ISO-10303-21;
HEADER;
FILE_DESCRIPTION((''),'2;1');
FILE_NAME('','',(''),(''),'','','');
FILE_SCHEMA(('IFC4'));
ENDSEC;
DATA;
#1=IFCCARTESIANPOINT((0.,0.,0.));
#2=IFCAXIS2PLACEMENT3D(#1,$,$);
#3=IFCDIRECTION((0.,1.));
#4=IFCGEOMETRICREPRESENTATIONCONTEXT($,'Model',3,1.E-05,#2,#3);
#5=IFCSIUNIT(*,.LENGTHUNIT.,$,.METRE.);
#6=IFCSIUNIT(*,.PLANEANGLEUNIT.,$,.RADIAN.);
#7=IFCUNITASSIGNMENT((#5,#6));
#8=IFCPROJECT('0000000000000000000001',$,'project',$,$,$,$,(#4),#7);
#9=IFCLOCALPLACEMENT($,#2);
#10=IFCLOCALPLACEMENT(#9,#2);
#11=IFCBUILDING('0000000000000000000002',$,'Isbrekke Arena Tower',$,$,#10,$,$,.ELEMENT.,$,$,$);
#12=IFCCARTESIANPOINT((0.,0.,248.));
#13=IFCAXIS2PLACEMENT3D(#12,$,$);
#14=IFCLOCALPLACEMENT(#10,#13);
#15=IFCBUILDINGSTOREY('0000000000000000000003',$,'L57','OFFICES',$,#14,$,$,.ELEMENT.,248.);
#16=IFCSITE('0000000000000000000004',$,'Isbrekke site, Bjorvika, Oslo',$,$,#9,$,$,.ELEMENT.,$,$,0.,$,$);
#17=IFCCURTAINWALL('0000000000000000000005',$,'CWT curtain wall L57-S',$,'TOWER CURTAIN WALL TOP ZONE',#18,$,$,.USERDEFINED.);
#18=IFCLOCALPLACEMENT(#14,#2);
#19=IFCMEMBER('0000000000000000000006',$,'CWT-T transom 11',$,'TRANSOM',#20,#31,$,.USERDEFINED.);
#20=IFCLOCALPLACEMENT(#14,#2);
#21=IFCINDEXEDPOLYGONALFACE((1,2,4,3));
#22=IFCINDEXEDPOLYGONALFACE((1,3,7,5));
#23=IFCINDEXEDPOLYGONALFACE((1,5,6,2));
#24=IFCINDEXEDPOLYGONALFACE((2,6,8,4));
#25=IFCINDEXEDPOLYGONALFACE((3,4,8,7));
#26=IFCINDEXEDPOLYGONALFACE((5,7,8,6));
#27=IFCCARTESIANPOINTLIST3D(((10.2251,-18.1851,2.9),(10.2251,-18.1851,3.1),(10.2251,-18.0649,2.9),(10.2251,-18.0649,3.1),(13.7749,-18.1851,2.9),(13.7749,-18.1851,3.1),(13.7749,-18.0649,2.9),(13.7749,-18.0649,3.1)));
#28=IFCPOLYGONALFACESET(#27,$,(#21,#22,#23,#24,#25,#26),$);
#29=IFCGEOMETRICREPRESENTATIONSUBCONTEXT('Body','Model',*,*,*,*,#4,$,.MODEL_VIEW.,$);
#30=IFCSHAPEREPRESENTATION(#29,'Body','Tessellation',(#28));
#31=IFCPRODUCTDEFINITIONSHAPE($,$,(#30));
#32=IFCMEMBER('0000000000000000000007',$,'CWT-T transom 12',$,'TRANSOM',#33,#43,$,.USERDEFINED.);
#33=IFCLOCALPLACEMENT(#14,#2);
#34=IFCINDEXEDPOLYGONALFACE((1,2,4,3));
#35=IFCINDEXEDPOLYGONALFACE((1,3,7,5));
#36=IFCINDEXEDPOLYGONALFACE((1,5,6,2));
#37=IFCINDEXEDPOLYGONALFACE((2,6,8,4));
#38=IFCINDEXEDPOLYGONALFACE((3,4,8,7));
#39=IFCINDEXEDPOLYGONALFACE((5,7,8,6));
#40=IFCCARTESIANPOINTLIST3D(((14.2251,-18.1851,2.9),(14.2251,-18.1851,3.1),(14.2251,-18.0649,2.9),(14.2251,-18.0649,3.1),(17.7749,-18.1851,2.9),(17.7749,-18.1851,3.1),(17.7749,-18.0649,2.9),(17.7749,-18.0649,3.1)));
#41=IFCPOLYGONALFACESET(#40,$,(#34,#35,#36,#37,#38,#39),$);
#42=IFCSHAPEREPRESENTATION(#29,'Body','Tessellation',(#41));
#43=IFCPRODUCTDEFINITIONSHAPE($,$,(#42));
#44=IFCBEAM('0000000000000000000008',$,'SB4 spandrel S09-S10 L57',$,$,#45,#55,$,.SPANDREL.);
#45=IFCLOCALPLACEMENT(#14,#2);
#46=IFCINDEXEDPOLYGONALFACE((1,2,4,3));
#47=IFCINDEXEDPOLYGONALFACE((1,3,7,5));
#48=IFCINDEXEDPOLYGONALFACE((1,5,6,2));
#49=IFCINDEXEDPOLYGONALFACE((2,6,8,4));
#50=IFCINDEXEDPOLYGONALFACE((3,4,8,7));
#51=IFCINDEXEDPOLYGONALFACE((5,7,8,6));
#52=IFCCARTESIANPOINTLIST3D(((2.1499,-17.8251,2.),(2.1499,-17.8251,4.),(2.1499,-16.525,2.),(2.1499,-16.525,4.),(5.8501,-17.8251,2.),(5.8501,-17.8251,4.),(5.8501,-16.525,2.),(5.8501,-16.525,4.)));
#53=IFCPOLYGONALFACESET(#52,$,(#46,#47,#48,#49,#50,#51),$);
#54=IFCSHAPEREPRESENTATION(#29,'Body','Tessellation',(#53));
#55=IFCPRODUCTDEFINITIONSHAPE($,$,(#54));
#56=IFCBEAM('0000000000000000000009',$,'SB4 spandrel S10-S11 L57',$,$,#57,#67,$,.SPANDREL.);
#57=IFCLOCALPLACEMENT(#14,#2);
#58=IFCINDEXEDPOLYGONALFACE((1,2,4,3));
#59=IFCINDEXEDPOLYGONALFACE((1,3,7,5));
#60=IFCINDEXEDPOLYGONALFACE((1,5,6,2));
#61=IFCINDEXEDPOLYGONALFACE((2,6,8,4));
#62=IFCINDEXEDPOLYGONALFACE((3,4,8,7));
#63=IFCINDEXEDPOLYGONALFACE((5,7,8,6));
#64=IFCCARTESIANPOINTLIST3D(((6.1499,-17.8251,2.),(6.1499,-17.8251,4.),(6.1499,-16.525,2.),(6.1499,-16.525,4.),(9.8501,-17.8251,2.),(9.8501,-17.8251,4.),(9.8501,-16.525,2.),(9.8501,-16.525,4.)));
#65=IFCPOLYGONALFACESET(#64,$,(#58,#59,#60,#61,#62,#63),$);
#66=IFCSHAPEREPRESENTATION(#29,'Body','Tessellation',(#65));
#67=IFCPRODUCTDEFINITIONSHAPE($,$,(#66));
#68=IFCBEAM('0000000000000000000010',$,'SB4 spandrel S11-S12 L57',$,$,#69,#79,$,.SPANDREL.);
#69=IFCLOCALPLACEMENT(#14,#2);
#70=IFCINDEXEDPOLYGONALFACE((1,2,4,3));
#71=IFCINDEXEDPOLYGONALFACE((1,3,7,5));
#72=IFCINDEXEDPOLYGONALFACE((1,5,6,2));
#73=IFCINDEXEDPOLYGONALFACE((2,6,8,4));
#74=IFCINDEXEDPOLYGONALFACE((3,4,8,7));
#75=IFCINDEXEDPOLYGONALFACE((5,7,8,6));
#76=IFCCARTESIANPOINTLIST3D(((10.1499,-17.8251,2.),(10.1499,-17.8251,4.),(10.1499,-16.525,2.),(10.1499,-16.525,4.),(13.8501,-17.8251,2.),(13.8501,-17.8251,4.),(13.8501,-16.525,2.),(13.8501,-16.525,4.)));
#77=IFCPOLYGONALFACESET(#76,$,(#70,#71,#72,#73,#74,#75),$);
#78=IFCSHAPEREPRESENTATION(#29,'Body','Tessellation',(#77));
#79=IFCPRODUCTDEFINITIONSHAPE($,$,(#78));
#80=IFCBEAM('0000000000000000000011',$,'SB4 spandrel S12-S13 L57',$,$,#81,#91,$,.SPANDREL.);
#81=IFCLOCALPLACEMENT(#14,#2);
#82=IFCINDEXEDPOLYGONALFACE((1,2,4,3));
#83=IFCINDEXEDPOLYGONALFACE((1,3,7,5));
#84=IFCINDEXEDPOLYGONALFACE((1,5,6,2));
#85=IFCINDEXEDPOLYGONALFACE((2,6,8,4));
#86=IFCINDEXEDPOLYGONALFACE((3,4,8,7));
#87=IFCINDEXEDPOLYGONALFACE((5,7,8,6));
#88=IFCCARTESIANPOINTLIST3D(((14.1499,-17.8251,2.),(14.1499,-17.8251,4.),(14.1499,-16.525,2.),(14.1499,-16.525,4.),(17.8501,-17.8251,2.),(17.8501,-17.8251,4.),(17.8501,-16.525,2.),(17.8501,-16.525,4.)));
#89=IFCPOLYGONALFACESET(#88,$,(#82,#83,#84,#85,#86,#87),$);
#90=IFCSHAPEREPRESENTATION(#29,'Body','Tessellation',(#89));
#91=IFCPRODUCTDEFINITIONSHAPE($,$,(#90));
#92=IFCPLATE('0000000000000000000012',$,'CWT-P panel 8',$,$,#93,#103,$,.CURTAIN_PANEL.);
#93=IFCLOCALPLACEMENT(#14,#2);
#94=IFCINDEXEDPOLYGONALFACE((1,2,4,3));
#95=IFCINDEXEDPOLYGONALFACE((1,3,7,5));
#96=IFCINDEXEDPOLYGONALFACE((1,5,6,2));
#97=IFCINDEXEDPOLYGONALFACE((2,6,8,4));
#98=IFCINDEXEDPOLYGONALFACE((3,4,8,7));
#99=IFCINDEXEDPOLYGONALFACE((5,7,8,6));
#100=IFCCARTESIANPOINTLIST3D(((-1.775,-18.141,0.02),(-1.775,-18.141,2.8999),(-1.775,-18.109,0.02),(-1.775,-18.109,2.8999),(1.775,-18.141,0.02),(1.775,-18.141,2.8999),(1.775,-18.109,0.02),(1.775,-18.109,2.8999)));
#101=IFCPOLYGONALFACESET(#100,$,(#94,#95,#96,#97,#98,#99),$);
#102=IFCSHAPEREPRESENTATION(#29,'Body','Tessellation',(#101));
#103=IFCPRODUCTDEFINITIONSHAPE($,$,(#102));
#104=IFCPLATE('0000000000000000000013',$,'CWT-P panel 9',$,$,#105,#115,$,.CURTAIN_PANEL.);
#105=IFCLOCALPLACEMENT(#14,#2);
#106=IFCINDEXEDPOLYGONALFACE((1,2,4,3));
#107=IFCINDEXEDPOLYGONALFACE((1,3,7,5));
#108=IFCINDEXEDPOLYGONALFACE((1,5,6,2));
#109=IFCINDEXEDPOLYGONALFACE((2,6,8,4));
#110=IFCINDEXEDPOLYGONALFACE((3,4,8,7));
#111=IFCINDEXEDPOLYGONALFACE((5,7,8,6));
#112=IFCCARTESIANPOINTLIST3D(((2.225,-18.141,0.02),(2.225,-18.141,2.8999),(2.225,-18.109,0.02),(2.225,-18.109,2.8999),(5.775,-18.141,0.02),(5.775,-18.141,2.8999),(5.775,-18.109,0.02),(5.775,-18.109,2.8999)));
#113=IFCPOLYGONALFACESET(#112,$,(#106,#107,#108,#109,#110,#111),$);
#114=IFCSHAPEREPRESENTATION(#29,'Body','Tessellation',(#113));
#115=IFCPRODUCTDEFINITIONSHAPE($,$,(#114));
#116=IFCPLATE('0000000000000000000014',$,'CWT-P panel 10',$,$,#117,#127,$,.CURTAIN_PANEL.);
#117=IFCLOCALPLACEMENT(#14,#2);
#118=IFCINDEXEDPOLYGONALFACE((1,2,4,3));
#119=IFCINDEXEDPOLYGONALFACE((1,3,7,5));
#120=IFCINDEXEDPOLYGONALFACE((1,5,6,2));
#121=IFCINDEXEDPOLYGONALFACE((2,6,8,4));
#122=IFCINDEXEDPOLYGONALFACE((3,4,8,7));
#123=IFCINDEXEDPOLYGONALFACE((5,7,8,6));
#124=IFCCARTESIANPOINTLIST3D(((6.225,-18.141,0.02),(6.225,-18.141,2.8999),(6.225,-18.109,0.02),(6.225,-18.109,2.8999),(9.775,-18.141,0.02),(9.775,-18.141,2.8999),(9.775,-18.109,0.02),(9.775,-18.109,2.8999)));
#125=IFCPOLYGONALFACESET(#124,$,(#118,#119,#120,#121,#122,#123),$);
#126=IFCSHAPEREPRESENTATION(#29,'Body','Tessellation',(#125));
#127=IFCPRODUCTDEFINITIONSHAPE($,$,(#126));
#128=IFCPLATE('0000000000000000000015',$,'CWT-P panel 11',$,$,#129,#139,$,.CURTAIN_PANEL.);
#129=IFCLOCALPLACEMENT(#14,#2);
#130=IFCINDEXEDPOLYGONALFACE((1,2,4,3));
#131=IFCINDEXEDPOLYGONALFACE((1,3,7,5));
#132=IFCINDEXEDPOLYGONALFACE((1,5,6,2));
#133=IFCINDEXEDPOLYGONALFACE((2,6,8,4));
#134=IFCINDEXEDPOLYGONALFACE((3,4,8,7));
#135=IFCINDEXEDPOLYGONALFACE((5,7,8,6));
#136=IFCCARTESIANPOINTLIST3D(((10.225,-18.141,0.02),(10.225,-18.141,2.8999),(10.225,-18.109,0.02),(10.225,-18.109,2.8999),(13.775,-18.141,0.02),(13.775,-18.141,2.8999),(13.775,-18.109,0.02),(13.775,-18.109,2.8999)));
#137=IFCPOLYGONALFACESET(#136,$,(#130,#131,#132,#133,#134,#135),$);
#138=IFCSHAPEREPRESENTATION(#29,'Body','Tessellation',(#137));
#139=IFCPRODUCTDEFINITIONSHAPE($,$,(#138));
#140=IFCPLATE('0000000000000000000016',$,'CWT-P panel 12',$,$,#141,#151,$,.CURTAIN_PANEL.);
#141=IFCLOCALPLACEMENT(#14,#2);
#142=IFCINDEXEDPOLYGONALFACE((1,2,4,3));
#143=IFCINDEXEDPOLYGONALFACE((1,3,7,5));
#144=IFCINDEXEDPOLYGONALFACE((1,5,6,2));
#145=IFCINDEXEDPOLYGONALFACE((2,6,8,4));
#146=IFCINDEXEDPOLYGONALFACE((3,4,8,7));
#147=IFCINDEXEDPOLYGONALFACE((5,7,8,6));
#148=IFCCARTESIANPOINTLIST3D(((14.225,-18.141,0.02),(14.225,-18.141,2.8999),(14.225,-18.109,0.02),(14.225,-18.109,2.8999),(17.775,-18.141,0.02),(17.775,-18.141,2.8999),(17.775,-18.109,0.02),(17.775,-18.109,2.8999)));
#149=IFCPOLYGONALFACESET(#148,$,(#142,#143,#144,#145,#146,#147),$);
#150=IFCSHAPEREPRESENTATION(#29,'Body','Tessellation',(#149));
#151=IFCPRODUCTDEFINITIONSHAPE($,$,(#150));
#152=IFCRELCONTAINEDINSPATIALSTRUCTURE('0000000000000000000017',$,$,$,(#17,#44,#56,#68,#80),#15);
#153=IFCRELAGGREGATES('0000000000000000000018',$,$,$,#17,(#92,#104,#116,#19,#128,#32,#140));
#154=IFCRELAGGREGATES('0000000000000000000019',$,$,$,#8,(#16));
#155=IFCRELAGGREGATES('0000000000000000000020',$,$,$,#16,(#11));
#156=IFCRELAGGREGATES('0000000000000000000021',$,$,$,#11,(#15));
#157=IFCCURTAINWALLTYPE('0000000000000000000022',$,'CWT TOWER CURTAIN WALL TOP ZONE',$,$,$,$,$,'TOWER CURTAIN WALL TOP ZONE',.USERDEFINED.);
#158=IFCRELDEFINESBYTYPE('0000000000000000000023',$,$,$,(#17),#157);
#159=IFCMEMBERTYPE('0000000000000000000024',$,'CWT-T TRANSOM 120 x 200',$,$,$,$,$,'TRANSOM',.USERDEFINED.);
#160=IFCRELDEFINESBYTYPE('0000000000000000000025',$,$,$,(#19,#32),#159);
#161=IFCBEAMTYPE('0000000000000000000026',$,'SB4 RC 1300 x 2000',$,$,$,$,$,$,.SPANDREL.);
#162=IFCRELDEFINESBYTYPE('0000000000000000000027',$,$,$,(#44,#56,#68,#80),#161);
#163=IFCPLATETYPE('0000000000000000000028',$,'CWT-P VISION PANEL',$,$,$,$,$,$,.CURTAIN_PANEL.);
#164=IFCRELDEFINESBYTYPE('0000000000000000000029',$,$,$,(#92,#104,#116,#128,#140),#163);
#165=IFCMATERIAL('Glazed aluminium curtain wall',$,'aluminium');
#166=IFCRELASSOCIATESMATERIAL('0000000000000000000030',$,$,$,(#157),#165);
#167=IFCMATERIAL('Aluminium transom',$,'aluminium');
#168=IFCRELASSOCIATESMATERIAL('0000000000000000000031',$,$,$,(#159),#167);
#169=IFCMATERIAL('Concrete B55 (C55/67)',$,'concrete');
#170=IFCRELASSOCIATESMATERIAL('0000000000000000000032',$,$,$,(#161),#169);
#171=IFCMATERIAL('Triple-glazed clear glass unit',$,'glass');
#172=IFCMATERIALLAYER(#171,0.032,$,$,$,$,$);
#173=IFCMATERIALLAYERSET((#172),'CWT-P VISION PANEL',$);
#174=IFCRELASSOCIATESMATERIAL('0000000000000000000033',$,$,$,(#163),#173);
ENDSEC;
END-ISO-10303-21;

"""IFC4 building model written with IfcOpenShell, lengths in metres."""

from ifc_helpers import new_model, si_unit, direction, frame, origin, origin_2d, place, context, subcontext, project, spatial, rectangle, extrude, material, layer, layer_set, material_profile, profile_set, type_object, element, aggregate, save


model = new_model("IFC4")

# Units and contexts
model_context = context("Model", 3, precision=1e-05, world=origin(), true_north=direction((0.0, 1.0)))
body_context = subcontext(model_context, "Body", "Model", "MODEL_VIEW")
ifc_project = project(units=[si_unit("LENGTHUNIT", "METRE"), si_unit("PLANEANGLEUNIT", "RADIAN")], contexts=[model_context])

# Site, building, storey
site_placement = place(None, origin())
site = spatial("IfcSite", under=ifc_project, at=site_placement, Name="Isbrekke site, Bjorvika, Oslo", CompositionType="ELEMENT", RefElevation=0.0)
building_placement = place(site_placement, origin())
building = spatial("IfcBuilding", under=site, at=building_placement, Name="Isbrekke Arena Tower", CompositionType="ELEMENT")
storey_placement = place(building_placement, frame((0.0, 0.0, 248.0)))
storey = spatial("IfcBuildingStorey", under=building, at=storey_placement, Name="L57", Description="OFFICES", CompositionType="ELEMENT", Elevation=248.0)

# Curtain wall, members
ifc_material_1 = material(Name="Glazed aluminium curtain wall", Category="aluminium")
curtain_wall_type = type_object("IfcCurtainWallType", Name="CWT TOWER CURTAIN WALL TOP ZONE", ElementType="TOWER CURTAIN WALL TOP ZONE", PredefinedType="USERDEFINED", material=ifc_material_1)
curtain_wall_placement = place(storey_placement, origin())
curtain_wall = element("IfcCurtainWall", 1, at=curtain_wall_placement, inside=storey, type_object=curtain_wall_type, Name="CWT curtain wall L57-S", ObjectType="TOWER CURTAIN WALL TOP ZONE", PredefinedType="USERDEFINED")
ifc_material_2 = material(Name="Aluminium transom", Category="aluminium")
ifc_material_profile_1 = material_profile(ifc_material_2, rectangle(XDim=0.1201, YDim=0.2, at=origin_2d()), Name="TRANSOM 120X200")
ifc_profile_set_1 = profile_set([ifc_material_profile_1], Name="Aluminium transom")
member_type_1 = type_object("IfcMemberType", Name="CWT-T TRANSOM 120 x 200", ElementType="TRANSOM", PredefinedType="USERDEFINED", material=ifc_profile_set_1)
member_1_placement = place(storey_placement, frame((10.2251, -18.125, 3.0), z_axis=(1.0, 0.0, 0.0), x_axis=(0.0, 1.0, 0.0)))
member_1 = element("IfcMember", 2, at=member_1_placement, type_object=member_type_1, Name="CWT-T transom 11", ObjectType="TRANSOM", PredefinedType="USERDEFINED", context=body_context, shape_type="SweptSolid", body=[
    extrude(rectangle(XDim=0.1201, YDim=0.2, at=origin_2d()), origin(), (0.0, 0.0, 1.0), 3.5498),
])
member_2_placement = place(storey_placement, frame((14.2251, -18.125, 3.0), z_axis=(1.0, 0.0, 0.0), x_axis=(0.0, 1.0, 0.0)))
member_2 = element("IfcMember", 3, at=member_2_placement, type_object=member_type_1, Name="CWT-T transom 12", ObjectType="TRANSOM", PredefinedType="USERDEFINED", context=body_context, shape_type="SweptSolid", body=[
    extrude(rectangle(XDim=0.1201, YDim=0.2, at=origin_2d()), origin(), (0.0, 0.0, 1.0), 3.5498),
])

# Beams
ifc_material_3 = material(Name="Concrete B55 (C55/67)", Category="concrete")
ifc_material_profile_2 = material_profile(ifc_material_3, rectangle(XDim=1.3, YDim=2.0, at=origin_2d()), Name="RC 1300x2000")
ifc_profile_set_2 = profile_set([ifc_material_profile_2], Name="Concrete B55 (C55/67)")
beam_type_1 = type_object("IfcBeamType", Name="SB4 RC 1300 x 2000", PredefinedType="SPANDREL", material=ifc_profile_set_2)
for number, where, z_axis, x_axis, name in (
    (4, (2.1499, -17.175, 3.0), (1.0, 0.0, 0.0), (0.0, 1.0, 0.0), "SB4 spandrel S09-S10 L57"),
    (5, (6.1499, -17.175, 3.0), (1.0, 0.0, 0.0), (0.0, 1.0, 0.0), "SB4 spandrel S10-S11 L57"),
    (6, (10.1499, -17.175, 3.0), (1.0, 0.0, 0.0), (0.0, 1.0, 0.0), "SB4 spandrel S11-S12 L57"),
    (7, (14.1499, -17.175, 3.0), (1.0, 0.0, 0.0), (0.0, 1.0, 0.0), "SB4 spandrel S12-S13 L57"),
):
    element("IfcBeam", number, at=place(storey_placement, frame(where, z_axis=z_axis, x_axis=x_axis)), inside=storey, type_object=beam_type_1, Name=name, PredefinedType="SPANDREL", context=body_context, shape_type="SweptSolid", body=[
        extrude(rectangle(XDim=1.3, YDim=2.0, at=origin_2d()), origin(), (0.0, 0.0, 1.0), 3.7002),
    ])

# Plates
ifc_material_4 = material(Name="Triple-glazed clear glass unit", Category="glass")
ifc_layer = layer(ifc_material_4, 0.032)
ifc_layer_set = layer_set([ifc_layer], Name="CWT-P VISION PANEL")
plate_type = type_object("IfcPlateType", Name="CWT-P VISION PANEL", PredefinedType="CURTAIN_PANEL", material=ifc_layer_set)
plate_1_placement = place(storey_placement, frame((0.0, -18.125, 0.02), z_axis=(0.0, 0.0, 1.0), x_axis=(1.0, 0.0, 0.0)))
plate_1 = element("IfcPlate", 8, at=plate_1_placement, type_object=plate_type, Name="CWT-P panel 8", PredefinedType="CURTAIN_PANEL", context=body_context, shape_type="SweptSolid", body=[
    extrude(rectangle(XDim=3.55, YDim=0.032, at=origin_2d()), origin(), (0.0, 0.0, 1.0), 2.8799),
])
plate_2_placement = place(storey_placement, frame((4.0, -18.125, 0.02), z_axis=(0.0, 0.0, 1.0), x_axis=(1.0, 0.0, 0.0)))
plate_2 = element("IfcPlate", 9, at=plate_2_placement, type_object=plate_type, Name="CWT-P panel 9", PredefinedType="CURTAIN_PANEL", context=body_context, shape_type="SweptSolid", body=[
    extrude(rectangle(XDim=3.55, YDim=0.032, at=origin_2d()), origin(), (0.0, 0.0, 1.0), 2.8799),
])
plate_3_placement = place(storey_placement, frame((8.0, -18.125, 0.02), z_axis=(0.0, 0.0, 1.0), x_axis=(1.0, 0.0, 0.0)))
plate_3 = element("IfcPlate", 10, at=plate_3_placement, type_object=plate_type, Name="CWT-P panel 10", PredefinedType="CURTAIN_PANEL", context=body_context, shape_type="SweptSolid", body=[
    extrude(rectangle(XDim=3.55, YDim=0.032, at=origin_2d()), origin(), (0.0, 0.0, 1.0), 2.8799),
])
plate_4_placement = place(storey_placement, frame((12.0, -18.125, 0.02), z_axis=(0.0, 0.0, 1.0), x_axis=(1.0, 0.0, 0.0)))
plate_4 = element("IfcPlate", 11, at=plate_4_placement, type_object=plate_type, Name="CWT-P panel 11", PredefinedType="CURTAIN_PANEL", context=body_context, shape_type="SweptSolid", body=[
    extrude(rectangle(XDim=3.55, YDim=0.032, at=origin_2d()), origin(), (0.0, 0.0, 1.0), 2.8799),
])
plate_5_placement = place(storey_placement, frame((16.0, -18.125, 0.02), z_axis=(0.0, 0.0, 1.0), x_axis=(1.0, 0.0, 0.0)))
plate_5 = element("IfcPlate", 12, at=plate_5_placement, type_object=plate_type, Name="CWT-P panel 12", PredefinedType="CURTAIN_PANEL", context=body_context, shape_type="SweptSolid", body=[
    extrude(rectangle(XDim=3.55, YDim=0.032, at=origin_2d()), origin(), (0.0, 0.0, 1.0), 2.8799),
])
aggregate(curtain_wall, [plate_1, plate_2, plate_3, member_1, plate_4, member_2, plate_5])

save(model, "model.ifc")
